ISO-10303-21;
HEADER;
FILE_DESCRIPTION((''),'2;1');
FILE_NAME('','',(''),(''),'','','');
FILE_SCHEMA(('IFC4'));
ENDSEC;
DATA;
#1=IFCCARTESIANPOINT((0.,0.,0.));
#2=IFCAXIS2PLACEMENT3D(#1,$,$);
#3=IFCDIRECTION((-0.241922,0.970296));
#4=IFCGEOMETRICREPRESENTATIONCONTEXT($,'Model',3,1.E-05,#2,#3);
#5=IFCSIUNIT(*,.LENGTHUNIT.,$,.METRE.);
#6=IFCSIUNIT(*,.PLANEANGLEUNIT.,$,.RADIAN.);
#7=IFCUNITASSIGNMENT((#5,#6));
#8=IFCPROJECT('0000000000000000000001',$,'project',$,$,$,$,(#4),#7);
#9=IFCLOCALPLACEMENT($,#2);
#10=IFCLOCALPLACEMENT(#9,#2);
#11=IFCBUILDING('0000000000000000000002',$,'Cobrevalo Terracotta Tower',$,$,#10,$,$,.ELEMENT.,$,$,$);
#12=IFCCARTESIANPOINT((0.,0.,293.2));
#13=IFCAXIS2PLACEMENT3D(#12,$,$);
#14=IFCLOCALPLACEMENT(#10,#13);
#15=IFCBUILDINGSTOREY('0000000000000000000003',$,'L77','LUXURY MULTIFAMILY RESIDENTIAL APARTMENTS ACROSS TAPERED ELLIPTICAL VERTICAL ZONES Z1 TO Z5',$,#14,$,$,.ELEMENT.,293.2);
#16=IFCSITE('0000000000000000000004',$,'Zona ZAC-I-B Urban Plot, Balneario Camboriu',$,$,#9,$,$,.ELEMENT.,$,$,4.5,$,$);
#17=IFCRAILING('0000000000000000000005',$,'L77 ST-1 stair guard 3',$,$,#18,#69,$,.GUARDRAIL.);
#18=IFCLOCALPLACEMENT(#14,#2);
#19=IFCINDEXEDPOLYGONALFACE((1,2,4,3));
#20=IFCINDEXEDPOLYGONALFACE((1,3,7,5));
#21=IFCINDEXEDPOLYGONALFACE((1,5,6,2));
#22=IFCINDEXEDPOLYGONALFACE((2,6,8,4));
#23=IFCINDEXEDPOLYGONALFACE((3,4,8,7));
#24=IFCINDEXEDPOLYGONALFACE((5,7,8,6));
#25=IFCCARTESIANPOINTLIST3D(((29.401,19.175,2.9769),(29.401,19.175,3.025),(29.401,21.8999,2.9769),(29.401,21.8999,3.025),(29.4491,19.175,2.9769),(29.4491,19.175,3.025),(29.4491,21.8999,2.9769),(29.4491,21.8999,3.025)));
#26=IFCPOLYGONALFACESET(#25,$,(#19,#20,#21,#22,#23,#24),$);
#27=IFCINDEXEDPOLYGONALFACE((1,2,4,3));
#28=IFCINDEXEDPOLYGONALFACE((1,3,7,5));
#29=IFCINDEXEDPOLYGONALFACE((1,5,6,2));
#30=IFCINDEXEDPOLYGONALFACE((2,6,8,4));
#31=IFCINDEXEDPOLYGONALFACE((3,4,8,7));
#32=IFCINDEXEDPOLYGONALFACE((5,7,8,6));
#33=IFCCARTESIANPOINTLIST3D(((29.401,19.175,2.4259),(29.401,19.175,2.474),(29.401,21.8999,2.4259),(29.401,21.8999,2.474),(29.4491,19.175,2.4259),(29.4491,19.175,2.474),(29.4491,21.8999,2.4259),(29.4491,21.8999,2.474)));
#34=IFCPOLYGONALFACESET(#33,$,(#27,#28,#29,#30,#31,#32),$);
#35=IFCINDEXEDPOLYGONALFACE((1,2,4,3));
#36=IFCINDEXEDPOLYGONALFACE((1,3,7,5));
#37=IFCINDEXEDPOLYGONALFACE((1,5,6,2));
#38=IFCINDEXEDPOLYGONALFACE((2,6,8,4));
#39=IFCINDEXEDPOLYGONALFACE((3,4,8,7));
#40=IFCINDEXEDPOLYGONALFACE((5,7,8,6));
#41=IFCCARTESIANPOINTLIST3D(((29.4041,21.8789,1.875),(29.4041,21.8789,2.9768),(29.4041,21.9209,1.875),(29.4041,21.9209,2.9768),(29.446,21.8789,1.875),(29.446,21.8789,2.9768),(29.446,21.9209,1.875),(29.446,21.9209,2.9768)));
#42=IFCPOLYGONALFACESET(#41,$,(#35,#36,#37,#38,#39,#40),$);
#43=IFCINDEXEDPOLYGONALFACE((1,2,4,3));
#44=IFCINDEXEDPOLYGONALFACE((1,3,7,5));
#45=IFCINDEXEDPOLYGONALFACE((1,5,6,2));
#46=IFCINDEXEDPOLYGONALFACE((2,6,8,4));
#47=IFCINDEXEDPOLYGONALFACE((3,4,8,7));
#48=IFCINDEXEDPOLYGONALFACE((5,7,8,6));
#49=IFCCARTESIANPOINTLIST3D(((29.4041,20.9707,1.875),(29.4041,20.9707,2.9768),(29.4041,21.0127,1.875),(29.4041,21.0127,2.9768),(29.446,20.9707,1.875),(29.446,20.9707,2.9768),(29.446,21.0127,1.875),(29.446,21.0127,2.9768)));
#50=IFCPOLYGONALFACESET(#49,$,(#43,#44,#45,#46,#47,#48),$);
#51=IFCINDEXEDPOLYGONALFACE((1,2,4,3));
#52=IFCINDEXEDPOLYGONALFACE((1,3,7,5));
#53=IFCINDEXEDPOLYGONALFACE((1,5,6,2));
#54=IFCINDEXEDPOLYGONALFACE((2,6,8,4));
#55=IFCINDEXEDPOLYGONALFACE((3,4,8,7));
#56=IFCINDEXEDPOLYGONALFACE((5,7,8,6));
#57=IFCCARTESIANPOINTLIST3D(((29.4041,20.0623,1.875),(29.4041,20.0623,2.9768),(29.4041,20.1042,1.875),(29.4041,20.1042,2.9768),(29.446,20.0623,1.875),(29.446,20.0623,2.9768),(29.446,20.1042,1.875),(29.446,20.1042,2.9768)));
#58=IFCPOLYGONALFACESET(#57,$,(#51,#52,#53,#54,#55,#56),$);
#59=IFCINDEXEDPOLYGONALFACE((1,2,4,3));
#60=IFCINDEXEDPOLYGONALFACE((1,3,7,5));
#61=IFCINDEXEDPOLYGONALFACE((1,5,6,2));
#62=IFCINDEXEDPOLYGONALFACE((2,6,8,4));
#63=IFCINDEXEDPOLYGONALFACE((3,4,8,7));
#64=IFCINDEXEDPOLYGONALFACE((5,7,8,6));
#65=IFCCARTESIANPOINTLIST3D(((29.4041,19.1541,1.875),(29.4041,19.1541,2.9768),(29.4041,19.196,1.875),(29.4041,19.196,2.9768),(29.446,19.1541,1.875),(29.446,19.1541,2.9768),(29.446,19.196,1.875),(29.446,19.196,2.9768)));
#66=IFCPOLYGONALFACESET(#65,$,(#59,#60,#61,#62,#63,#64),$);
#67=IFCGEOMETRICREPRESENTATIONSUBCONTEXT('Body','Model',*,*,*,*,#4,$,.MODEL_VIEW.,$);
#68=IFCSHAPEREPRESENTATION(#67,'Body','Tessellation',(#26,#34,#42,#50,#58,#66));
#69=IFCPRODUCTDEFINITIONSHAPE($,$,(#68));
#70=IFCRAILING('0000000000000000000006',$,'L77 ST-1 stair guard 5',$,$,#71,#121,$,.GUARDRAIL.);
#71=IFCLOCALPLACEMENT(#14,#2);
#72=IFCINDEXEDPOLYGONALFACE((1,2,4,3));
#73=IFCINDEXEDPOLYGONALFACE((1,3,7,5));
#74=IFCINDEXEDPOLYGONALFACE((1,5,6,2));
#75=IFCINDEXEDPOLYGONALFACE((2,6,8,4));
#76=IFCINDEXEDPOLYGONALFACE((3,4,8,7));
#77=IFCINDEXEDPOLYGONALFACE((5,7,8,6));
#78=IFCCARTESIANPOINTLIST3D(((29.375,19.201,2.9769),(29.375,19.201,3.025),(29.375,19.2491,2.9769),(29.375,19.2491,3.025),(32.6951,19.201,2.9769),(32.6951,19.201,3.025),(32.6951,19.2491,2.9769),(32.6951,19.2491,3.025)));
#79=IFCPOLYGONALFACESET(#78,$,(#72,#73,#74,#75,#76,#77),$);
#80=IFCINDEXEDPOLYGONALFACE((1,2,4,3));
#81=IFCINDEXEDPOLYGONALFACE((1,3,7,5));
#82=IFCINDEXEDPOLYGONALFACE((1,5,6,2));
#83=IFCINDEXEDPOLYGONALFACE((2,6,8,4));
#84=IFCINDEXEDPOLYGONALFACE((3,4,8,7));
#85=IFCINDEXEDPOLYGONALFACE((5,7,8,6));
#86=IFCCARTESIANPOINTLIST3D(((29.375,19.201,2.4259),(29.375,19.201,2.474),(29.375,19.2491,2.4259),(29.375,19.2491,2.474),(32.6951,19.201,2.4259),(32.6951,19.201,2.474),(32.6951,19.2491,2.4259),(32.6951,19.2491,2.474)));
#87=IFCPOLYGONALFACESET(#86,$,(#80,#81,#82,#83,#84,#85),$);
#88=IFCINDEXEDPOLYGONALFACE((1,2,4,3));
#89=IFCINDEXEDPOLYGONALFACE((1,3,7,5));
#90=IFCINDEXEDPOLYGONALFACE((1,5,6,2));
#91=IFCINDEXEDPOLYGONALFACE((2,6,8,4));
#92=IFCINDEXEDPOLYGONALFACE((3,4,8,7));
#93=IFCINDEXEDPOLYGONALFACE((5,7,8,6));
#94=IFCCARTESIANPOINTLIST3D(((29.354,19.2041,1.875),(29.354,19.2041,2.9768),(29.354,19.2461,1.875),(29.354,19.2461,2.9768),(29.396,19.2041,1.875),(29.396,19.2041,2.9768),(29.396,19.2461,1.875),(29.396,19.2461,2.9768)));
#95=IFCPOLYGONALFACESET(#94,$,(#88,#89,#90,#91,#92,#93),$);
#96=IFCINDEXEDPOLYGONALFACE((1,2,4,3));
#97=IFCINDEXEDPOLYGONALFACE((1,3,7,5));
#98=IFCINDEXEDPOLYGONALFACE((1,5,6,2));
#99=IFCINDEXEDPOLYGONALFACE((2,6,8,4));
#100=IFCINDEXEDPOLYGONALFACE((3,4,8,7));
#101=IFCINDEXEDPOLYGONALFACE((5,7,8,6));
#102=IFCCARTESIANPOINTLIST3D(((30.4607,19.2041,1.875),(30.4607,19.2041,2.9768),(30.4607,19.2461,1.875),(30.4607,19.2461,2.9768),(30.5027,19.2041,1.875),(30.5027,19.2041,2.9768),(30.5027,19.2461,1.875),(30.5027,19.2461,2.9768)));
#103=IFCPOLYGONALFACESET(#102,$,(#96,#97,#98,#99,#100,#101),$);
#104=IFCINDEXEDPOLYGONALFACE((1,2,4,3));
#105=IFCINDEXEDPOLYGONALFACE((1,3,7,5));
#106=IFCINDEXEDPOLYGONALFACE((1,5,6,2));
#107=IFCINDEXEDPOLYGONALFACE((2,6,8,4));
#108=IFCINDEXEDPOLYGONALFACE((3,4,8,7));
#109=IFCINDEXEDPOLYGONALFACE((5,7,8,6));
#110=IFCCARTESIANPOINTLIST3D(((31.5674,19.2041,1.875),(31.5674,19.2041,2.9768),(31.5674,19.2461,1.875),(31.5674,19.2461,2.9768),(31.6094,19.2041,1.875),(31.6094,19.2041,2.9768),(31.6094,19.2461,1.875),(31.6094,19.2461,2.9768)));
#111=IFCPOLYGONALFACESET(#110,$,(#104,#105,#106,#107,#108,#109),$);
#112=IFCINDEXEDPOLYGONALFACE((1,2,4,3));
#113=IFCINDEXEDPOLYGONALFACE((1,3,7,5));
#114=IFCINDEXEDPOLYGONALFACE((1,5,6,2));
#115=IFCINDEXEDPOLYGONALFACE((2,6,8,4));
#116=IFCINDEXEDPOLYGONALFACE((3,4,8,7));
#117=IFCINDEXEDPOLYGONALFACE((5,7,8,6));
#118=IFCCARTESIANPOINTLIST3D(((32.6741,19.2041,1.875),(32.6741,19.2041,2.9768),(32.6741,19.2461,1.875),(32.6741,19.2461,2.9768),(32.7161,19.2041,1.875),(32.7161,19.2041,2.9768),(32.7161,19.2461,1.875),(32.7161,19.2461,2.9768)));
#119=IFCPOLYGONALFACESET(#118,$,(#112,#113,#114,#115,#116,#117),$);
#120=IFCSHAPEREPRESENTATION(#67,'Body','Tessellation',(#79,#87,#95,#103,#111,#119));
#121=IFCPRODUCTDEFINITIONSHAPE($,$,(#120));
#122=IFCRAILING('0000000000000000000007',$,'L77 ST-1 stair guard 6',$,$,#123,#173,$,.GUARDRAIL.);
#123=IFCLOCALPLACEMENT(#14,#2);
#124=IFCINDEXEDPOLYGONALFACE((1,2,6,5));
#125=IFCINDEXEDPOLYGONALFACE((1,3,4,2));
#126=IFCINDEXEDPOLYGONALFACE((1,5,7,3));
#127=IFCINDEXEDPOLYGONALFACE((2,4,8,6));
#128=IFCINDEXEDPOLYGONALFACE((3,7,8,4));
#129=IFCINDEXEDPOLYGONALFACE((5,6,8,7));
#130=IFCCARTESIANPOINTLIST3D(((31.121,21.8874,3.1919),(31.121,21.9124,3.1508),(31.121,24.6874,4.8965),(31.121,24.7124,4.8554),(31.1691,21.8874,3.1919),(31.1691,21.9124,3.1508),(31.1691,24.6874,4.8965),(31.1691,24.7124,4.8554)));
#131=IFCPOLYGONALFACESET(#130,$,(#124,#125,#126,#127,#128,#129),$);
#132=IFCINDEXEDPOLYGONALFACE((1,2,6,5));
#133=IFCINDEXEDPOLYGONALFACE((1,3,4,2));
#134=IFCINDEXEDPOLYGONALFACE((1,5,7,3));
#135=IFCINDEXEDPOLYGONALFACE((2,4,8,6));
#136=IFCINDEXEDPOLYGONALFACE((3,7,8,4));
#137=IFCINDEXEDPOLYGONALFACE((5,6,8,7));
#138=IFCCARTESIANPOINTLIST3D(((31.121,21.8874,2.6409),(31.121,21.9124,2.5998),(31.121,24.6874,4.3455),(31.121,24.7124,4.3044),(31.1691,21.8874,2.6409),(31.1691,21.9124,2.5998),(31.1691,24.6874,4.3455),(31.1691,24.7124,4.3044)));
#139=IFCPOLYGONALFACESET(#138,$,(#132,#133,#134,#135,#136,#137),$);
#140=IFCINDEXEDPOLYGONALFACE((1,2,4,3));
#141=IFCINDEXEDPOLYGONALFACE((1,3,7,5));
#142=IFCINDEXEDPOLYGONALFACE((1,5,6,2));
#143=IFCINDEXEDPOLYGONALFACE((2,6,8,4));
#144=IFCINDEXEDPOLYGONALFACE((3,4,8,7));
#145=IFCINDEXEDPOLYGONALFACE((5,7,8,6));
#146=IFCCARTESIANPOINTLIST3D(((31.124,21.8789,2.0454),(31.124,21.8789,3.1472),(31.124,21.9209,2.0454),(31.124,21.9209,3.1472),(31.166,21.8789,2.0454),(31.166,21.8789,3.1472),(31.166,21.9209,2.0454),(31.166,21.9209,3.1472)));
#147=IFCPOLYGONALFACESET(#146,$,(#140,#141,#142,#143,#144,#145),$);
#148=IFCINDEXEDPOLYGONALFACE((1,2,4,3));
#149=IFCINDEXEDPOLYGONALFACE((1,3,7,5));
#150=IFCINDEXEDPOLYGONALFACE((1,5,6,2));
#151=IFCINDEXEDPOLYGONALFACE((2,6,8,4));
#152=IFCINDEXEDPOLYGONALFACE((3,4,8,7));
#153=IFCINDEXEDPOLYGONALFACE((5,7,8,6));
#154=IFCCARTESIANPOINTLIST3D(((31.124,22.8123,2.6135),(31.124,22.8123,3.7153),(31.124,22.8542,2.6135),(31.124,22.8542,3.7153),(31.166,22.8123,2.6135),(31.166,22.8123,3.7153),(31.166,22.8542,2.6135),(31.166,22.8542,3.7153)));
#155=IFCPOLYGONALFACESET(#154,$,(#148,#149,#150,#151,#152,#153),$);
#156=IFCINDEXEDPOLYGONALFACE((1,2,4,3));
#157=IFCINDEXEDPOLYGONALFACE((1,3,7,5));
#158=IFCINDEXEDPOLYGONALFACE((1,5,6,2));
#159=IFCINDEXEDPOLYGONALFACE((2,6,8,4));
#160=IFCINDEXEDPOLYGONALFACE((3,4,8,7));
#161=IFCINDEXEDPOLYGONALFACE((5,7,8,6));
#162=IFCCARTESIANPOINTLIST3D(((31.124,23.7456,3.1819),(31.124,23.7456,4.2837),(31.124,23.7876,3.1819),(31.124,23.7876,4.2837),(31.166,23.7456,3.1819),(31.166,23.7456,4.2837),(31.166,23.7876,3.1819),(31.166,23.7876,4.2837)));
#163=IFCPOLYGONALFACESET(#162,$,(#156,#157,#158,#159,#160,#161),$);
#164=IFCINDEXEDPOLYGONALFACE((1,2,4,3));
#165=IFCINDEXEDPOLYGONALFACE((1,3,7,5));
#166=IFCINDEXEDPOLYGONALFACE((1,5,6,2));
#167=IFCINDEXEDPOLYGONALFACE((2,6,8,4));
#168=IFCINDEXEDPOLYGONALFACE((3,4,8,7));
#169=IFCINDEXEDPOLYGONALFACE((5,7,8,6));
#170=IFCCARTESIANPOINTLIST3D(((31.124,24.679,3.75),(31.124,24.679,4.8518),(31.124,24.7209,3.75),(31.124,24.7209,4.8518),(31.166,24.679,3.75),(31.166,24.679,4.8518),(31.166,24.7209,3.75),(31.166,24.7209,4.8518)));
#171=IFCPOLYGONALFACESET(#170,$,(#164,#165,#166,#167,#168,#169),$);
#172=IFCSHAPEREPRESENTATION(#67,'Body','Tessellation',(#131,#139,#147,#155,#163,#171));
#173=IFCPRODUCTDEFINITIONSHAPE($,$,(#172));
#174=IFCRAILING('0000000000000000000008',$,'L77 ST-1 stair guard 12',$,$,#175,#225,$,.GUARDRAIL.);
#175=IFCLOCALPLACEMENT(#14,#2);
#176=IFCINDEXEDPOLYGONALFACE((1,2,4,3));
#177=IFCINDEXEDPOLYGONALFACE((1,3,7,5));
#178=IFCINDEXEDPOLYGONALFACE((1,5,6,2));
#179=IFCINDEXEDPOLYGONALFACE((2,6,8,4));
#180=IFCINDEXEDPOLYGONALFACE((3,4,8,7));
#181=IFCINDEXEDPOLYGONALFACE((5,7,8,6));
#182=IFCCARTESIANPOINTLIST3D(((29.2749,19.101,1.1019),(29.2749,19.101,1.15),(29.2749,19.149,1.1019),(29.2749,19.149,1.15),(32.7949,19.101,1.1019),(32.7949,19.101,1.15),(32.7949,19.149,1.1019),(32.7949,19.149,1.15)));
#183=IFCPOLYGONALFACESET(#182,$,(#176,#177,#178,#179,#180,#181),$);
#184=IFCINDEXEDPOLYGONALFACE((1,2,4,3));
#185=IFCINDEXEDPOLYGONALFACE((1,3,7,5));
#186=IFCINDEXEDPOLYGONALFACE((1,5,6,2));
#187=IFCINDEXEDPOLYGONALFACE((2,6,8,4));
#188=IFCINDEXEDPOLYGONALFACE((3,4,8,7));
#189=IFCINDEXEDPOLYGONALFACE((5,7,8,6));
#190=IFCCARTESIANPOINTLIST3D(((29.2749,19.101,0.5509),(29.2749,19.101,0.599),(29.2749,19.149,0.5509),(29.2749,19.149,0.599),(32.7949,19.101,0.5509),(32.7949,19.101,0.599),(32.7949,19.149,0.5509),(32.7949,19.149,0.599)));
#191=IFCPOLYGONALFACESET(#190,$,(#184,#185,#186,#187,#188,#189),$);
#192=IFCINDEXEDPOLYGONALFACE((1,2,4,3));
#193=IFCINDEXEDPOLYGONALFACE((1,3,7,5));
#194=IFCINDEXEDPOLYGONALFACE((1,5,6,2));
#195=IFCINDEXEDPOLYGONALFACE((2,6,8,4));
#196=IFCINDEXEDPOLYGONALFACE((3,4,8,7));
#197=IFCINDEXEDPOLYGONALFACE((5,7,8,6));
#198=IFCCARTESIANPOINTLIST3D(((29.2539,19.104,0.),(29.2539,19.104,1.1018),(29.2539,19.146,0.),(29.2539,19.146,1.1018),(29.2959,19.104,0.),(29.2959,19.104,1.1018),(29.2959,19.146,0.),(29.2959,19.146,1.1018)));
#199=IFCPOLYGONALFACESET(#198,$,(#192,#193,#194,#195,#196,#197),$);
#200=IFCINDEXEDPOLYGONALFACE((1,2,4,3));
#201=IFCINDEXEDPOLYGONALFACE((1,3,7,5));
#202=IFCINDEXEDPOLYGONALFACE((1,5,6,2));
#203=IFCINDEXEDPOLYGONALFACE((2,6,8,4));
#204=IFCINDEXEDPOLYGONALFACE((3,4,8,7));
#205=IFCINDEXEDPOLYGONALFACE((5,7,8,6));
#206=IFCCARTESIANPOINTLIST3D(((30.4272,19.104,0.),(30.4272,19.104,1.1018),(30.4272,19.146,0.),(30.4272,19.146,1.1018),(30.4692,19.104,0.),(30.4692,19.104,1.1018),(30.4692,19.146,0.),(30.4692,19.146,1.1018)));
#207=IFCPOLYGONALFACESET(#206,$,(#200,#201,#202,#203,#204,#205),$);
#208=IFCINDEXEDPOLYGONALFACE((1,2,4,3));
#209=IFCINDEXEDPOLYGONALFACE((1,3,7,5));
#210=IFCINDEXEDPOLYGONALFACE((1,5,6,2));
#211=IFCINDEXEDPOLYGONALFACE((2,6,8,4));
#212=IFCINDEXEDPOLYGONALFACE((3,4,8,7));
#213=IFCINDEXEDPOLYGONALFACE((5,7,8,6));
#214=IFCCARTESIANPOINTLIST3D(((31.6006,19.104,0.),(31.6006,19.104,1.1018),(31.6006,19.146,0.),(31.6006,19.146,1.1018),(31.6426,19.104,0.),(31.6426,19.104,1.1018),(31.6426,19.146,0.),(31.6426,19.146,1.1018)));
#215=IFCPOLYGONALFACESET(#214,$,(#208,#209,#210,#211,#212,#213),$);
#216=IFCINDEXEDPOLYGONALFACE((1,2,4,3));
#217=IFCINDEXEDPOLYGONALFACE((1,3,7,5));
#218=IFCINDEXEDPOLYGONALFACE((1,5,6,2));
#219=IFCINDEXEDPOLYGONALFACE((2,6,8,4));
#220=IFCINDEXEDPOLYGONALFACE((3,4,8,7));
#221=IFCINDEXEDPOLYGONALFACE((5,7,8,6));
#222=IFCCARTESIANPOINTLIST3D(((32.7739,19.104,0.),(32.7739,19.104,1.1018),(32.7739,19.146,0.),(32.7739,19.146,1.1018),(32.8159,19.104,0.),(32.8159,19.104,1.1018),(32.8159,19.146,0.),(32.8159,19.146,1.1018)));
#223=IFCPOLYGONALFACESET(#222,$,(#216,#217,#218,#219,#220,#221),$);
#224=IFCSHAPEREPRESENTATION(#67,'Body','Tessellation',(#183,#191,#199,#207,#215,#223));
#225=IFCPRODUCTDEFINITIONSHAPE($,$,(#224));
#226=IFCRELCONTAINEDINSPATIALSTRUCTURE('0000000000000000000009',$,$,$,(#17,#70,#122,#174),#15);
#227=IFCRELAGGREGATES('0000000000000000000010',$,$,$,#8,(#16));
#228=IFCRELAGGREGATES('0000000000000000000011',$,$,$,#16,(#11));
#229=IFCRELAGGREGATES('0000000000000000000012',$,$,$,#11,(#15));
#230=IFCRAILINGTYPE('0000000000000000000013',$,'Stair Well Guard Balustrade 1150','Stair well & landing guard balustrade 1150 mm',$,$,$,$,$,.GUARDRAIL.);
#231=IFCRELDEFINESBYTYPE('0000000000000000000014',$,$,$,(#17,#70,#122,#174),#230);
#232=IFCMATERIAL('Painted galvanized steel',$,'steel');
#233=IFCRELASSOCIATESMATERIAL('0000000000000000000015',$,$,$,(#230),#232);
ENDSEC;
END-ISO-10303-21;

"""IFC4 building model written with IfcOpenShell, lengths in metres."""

from ifc_helpers import new_model, si_unit, direction, frame, origin, origin_2d, place, context, subcontext, project, spatial, rectangle, extrude, material, type_object, element, save


model = new_model("IFC4")

# Units and contexts
model_context = context("Model", 3, precision=1e-05, world=origin(), true_north=direction((-0.241922, 0.970296)))
body_context = subcontext(model_context, "Body", "Model", "MODEL_VIEW")
ifc_project = project(units=[si_unit("LENGTHUNIT", "METRE"), si_unit("PLANEANGLEUNIT", "RADIAN")], contexts=[model_context])

# Site, building, storey
site_placement = place(None, origin())
site = spatial("IfcSite", under=ifc_project, at=site_placement, Name="Zona ZAC-I-B Urban Plot, Balneario Camboriu", CompositionType="ELEMENT", RefElevation=4.5)
building_placement = place(site_placement, origin())
building = spatial("IfcBuilding", under=site, at=building_placement, Name="Cobrevalo Terracotta Tower", CompositionType="ELEMENT")
storey_placement = place(building_placement, frame((0.0, 0.0, 293.2)))
storey = spatial("IfcBuildingStorey", under=building, at=storey_placement, Name="L77", Description="LUXURY MULTIFAMILY RESIDENTIAL APARTMENTS ACROSS TAPERED ELLIPTICAL VERTICAL ZONES Z1 TO Z5", CompositionType="ELEMENT", Elevation=293.2)

# Railings
ifc_material_1 = material(Name="Painted galvanized steel", Category="steel")
railing_type = type_object("IfcRailingType", Name="Stair Well Guard Balustrade 1150", Description="Stair well & landing guard balustrade 1150 mm", PredefinedType="GUARDRAIL", material=ifc_material_1)
railing_1_placement = place(storey_placement, frame((29.425, 21.8999, 1.875)))
element("IfcRailing", 1, at=railing_1_placement, inside=storey, type_object=railing_type, Name="L77 ST-1 stair guard 3", PredefinedType="GUARDRAIL", context=body_context, shape_type="SweptSolid", body=[
    extrude(rectangle(XDim=0.0481, YDim=0.0481, at=origin_2d()), frame((0.0, 0.0, 1.126), z_axis=(0.0, -1.0, 0.0), x_axis=(1.0, 0.0, 0.0)), (0.0, 0.0, 1.0), 2.7249),
    extrude(rectangle(XDim=0.0481, YDim=0.0481, at=origin_2d()), frame((0.0, 0.0, 0.575), z_axis=(0.0, -1.0, 0.0), x_axis=(1.0, 0.0, 0.0)), (0.0, 0.0, 1.0), 2.7249),
    extrude(rectangle(XDim=0.042, YDim=0.042, at=origin_2d()), origin(), (0.0, 0.0, 1.0), 1.1018),
    extrude(rectangle(XDim=0.042, YDim=0.042, at=origin_2d()), frame((0.0, -0.9082, 0.0)), (0.0, 0.0, 1.0), 1.1018),
    extrude(rectangle(XDim=0.042, YDim=0.042, at=origin_2d()), frame((0.0, -1.8167, 0.0)), (0.0, 0.0, 1.0), 1.1018),
    extrude(rectangle(XDim=0.042, YDim=0.042, at=origin_2d()), frame((0.0, -2.7249, 0.0)), (0.0, 0.0, 1.0), 1.1018),
])
railing_2_placement = place(storey_placement, frame((29.375, 19.2251, 1.875)))
element("IfcRailing", 2, at=railing_2_placement, inside=storey, type_object=railing_type, Name="L77 ST-1 stair guard 5", PredefinedType="GUARDRAIL", context=body_context, shape_type="SweptSolid", body=[
    extrude(rectangle(XDim=0.0481, YDim=0.0481, at=origin_2d()), frame((0.0, 0.0, 1.126), z_axis=(1.0, 0.0, 0.0), x_axis=(0.0, 1.0, 0.0)), (0.0, 0.0, 1.0), 3.3201),
    extrude(rectangle(XDim=0.0481, YDim=0.0481, at=origin_2d()), frame((0.0, 0.0, 0.575), z_axis=(1.0, 0.0, 0.0), x_axis=(0.0, 1.0, 0.0)), (0.0, 0.0, 1.0), 3.3201),
    extrude(rectangle(XDim=0.042, YDim=0.042, at=origin_2d()), origin(), (0.0, 0.0, 1.0), 1.1018),
    extrude(rectangle(XDim=0.042, YDim=0.042, at=origin_2d()), frame((1.1067, 0.0, 0.0)), (0.0, 0.0, 1.0), 1.1018),
    extrude(rectangle(XDim=0.042, YDim=0.042, at=origin_2d()), frame((2.2134, 0.0, 0.0)), (0.0, 0.0, 1.0), 1.1018),
    extrude(rectangle(XDim=0.042, YDim=0.042, at=origin_2d()), frame((3.3201, 0.0, 0.0)), (0.0, 0.0, 1.0), 1.1018),
])
railing_3_placement = place(storey_placement, frame((31.145, 21.8999, 2.0454)))
element("IfcRailing", 3, at=railing_3_placement, inside=storey, type_object=railing_type, Name="L77 ST-1 stair guard 6", PredefinedType="GUARDRAIL", context=body_context, shape_type="SweptSolid", body=[
    extrude(rectangle(XDim=0.0481, YDim=0.0481, at=origin_2d()), frame((0.0, 0.0, 1.126), z_axis=(0.0, 0.85417, 0.519994), x_axis=(-1.0, 0.0, 0.0)), (0.0, 0.0, 1.0), 3.2781),
    extrude(rectangle(XDim=0.0481, YDim=0.0481, at=origin_2d()), frame((0.0, 0.0, 0.575), z_axis=(0.0, 0.85417, 0.519994), x_axis=(-1.0, 0.0, 0.0)), (0.0, 0.0, 1.0), 3.2781),
    extrude(rectangle(XDim=0.042, YDim=0.042, at=origin_2d()), origin(), (0.0, 0.0, 1.0), 1.1018),
    extrude(rectangle(XDim=0.042, YDim=0.042, at=origin_2d()), frame((0.0, 0.9333, 0.5681)), (0.0, 0.0, 1.0), 1.1018),
    extrude(rectangle(XDim=0.042, YDim=0.042, at=origin_2d()), frame((0.0, 1.8667, 1.1365)), (0.0, 0.0, 1.0), 1.1018),
    extrude(rectangle(XDim=0.042, YDim=0.042, at=origin_2d()), frame((0.0, 2.8, 1.7046)), (0.0, 0.0, 1.0), 1.1018),
])
railing_4_placement = place(storey_placement, frame((29.2749, 19.125, 0.0)))
element("IfcRailing", 4, at=railing_4_placement, inside=storey, type_object=railing_type, Name="L77 ST-1 stair guard 12", PredefinedType="GUARDRAIL", context=body_context, shape_type="SweptSolid", body=[
    extrude(rectangle(XDim=0.0481, YDim=0.0481, at=origin_2d()), frame((0.0, 0.0, 1.126), z_axis=(1.0, 0.0, 0.0), x_axis=(0.0, 1.0, 0.0)), (0.0, 0.0, 1.0), 3.52),
    extrude(rectangle(XDim=0.0481, YDim=0.0481, at=origin_2d()), frame((0.0, 0.0, 0.575), z_axis=(1.0, 0.0, 0.0), x_axis=(0.0, 1.0, 0.0)), (0.0, 0.0, 1.0), 3.52),
    extrude(rectangle(XDim=0.042, YDim=0.042, at=origin_2d()), origin(), (0.0, 0.0, 1.0), 1.1018),
    extrude(rectangle(XDim=0.042, YDim=0.042, at=origin_2d()), frame((1.1733, 0.0, 0.0)), (0.0, 0.0, 1.0), 1.1018),
    extrude(rectangle(XDim=0.042, YDim=0.042, at=origin_2d()), frame((2.3467, 0.0, 0.0)), (0.0, 0.0, 1.0), 1.1018),
    extrude(rectangle(XDim=0.042, YDim=0.042, at=origin_2d()), frame((3.52, 0.0, 0.0)), (0.0, 0.0, 1.0), 1.1018),
])

save(model, "model.ifc")
